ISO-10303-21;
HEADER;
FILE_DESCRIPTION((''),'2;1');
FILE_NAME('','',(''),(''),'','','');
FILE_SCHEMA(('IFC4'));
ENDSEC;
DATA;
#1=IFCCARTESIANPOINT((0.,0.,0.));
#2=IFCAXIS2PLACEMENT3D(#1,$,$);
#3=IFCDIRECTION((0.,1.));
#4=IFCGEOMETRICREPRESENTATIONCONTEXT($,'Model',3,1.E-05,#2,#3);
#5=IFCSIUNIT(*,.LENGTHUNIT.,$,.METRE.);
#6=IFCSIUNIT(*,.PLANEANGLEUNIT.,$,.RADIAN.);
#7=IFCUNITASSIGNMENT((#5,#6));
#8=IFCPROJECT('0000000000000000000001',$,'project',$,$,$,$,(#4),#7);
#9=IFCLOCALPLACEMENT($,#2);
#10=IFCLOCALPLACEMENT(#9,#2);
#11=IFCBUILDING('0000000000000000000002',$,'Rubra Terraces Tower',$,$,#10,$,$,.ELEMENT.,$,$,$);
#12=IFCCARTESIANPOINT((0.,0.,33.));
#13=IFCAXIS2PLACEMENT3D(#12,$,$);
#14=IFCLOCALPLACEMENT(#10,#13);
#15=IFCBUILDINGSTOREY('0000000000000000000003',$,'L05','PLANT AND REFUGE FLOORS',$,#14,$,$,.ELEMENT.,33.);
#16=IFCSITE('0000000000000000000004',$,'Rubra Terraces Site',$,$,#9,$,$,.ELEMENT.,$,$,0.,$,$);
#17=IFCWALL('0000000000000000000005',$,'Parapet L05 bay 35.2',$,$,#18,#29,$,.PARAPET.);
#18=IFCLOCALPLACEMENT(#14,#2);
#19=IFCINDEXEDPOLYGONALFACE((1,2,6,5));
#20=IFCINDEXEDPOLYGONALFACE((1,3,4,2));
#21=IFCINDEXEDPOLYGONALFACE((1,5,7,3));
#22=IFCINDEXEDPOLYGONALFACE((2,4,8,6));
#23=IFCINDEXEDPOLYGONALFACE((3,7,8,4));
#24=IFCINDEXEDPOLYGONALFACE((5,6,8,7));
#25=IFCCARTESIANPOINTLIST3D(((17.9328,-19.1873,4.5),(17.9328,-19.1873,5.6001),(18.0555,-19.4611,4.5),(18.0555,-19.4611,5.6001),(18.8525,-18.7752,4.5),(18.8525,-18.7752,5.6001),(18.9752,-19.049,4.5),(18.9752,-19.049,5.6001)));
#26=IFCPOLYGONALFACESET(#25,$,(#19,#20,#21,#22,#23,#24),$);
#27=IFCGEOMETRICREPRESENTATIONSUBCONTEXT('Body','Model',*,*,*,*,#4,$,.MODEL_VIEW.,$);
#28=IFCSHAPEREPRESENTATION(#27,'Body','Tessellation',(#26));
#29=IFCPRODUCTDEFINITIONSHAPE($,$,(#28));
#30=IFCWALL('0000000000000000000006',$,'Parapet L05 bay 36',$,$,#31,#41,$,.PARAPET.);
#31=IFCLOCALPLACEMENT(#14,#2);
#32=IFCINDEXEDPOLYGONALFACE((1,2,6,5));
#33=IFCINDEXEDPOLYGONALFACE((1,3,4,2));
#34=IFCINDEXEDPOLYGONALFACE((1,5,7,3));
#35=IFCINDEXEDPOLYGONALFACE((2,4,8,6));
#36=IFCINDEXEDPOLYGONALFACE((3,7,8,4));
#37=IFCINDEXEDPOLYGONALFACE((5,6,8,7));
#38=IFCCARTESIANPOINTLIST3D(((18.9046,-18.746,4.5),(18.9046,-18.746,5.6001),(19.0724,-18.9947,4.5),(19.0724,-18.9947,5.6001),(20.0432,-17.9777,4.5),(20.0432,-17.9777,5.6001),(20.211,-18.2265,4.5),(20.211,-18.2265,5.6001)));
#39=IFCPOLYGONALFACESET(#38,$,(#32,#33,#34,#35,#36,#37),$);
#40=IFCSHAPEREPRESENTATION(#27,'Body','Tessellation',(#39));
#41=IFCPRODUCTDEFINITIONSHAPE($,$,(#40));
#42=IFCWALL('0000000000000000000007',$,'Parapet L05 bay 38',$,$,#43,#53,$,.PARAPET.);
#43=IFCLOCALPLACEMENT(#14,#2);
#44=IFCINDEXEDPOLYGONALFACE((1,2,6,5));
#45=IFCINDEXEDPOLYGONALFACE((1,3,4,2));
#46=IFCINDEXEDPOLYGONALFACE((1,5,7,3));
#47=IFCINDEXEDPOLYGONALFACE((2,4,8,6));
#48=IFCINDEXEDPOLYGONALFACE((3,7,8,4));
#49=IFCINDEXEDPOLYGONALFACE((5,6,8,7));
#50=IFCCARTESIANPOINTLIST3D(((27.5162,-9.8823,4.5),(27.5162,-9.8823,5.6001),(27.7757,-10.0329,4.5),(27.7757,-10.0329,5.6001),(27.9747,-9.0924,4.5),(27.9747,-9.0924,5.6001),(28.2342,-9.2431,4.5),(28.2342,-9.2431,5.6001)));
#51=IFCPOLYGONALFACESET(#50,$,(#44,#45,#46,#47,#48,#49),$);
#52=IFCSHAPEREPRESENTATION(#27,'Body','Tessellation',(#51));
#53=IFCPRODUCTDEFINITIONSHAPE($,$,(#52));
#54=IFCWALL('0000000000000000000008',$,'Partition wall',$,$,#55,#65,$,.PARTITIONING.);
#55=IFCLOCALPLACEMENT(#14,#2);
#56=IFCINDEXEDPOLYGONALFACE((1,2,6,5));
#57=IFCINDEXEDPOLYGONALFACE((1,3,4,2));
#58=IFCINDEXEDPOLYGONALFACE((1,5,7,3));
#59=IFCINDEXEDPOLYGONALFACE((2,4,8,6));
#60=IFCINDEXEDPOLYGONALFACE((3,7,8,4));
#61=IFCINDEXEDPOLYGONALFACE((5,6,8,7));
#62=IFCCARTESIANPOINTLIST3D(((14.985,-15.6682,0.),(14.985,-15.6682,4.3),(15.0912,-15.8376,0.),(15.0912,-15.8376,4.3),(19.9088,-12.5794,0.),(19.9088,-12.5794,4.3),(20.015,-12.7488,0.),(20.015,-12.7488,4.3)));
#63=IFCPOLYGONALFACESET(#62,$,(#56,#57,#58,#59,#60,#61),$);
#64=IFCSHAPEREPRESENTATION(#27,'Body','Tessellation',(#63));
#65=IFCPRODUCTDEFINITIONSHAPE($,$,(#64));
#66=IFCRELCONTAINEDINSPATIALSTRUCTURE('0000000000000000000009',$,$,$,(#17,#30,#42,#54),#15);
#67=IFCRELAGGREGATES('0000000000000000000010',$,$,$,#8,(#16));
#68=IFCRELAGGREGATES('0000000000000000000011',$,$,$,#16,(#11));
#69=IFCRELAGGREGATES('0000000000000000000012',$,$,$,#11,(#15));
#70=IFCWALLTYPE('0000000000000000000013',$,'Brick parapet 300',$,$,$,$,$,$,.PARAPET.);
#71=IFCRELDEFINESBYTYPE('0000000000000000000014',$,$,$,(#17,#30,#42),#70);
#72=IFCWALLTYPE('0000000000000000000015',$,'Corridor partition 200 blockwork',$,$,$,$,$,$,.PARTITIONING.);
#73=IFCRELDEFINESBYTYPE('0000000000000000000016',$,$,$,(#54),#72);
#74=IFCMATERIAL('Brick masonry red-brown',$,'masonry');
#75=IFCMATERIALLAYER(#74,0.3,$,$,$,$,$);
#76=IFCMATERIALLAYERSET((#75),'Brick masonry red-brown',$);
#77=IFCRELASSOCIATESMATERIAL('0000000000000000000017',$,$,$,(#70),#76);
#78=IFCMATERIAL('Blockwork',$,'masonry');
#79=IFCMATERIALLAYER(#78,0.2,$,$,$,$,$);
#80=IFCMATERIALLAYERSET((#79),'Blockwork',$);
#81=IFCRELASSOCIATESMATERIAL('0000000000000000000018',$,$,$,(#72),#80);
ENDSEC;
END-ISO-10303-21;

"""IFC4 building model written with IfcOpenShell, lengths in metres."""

from ifc_helpers import new_model, si_unit, direction, frame, frame_2d, origin, place, context, subcontext, project, spatial, rectangle, extrude, material, layer, layer_set, type_object, element, save


model = new_model("IFC4")

# Units and contexts
model_context = context("Model", 3, precision=1e-05, world=origin(), true_north=direction((0.0, 1.0)))
body_context = subcontext(model_context, "Body", "Model", "MODEL_VIEW")
ifc_project = project(units=[si_unit("LENGTHUNIT", "METRE"), si_unit("PLANEANGLEUNIT", "RADIAN")], contexts=[model_context])

# Site, building, storey
site_placement = place(None, origin())
site = spatial("IfcSite", under=ifc_project, at=site_placement, Name="Rubra Terraces Site", CompositionType="ELEMENT", RefElevation=0.0)
building_placement = place(site_placement, origin())
building = spatial("IfcBuilding", under=site, at=building_placement, Name="Rubra Terraces Tower", CompositionType="ELEMENT")
storey_placement = place(building_placement, frame((0.0, 0.0, 33.0)))
storey = spatial("IfcBuildingStorey", under=building, at=storey_placement, Name="L05", Description="PLANT AND REFUGE FLOORS", CompositionType="ELEMENT", Elevation=33.0)

# Shared definitions
ifc_material_1 = material(Name="Brick masonry red-brown", Category="masonry")

# Walls
ifc_layer_1 = layer(ifc_material_1, 0.3)
ifc_layer_set_1 = layer_set([ifc_layer_1], Name="Brick masonry red-brown")
wall_type_1 = type_object("IfcWallType", Name="Brick parapet 300", PredefinedType="PARAPET", material=ifc_layer_set_1)
wall_1_placement = place(storey_placement, frame((17.9941, -19.3242, 4.5), z_axis=(0.0, 0.0, 1.0), x_axis=(0.912569, 0.408924, 0.0)))
element("IfcWall", 1, at=wall_1_placement, inside=storey, type_object=wall_type_1, Name="Parapet L05 bay 35.2", PredefinedType="PARAPET", context=body_context, shape_type="SweptSolid", body=[
    extrude(rectangle(XDim=1.0078, YDim=0.3, at=frame_2d((0.5039, 0.0))), origin(), (0.0, 0.0, 1.0), 1.1001),
])
wall_2_placement = place(storey_placement, frame((18.9885, -18.8704, 4.5), z_axis=(0.0, 0.0, 1.0), x_axis=(0.828948, 0.559326, 0.0)))
element("IfcWall", 2, at=wall_2_placement, inside=storey, type_object=wall_type_1, Name="Parapet L05 bay 36", PredefinedType="PARAPET", context=body_context, shape_type="SweptSolid", body=[
    extrude(rectangle(XDim=1.3735, YDim=0.3, at=frame_2d((0.6868, 0.0))), origin(), (0.0, 0.0, 1.0), 1.1001),
])
wall_3_placement = place(storey_placement, frame((27.646, -9.9575, 4.5), z_axis=(0.0, 0.0, 1.0), x_axis=(0.502058, 0.864834, 0.0)))
element("IfcWall", 3, at=wall_3_placement, inside=storey, type_object=wall_type_1, Name="Parapet L05 bay 38", PredefinedType="PARAPET", context=body_context, shape_type="SweptSolid", body=[
    extrude(rectangle(XDim=0.9133, YDim=0.3, at=frame_2d((0.4565, 0.0))), origin(), (0.0, 0.0, 1.0), 1.1001),
])
ifc_material_2 = material(Name="Blockwork", Category="masonry")
ifc_layer_2 = layer(ifc_material_2, 0.2)
ifc_layer_set_2 = layer_set([ifc_layer_2], Name="Blockwork")
wall_type_2 = type_object("IfcWallType", Name="Corridor partition 200 blockwork", PredefinedType="PARTITIONING", material=ifc_layer_set_2)
wall_4_placement = place(storey_placement, frame((19.9619, -12.6641, 0.0), z_axis=(0.0, 0.0, 1.0), x_axis=(-0.84711, -0.531418, 0.0)))
element("IfcWall", 4, at=wall_4_placement, inside=storey, type_object=wall_type_2, Name="Partition wall", PredefinedType="PARTITIONING", context=body_context, shape_type="SweptSolid", body=[
    extrude(rectangle(XDim=5.8125, YDim=0.2, at=frame_2d((2.9062, 0.0))), origin(), (0.0, 0.0, 1.0), 4.3),
])

save(model, "model.ifc")
